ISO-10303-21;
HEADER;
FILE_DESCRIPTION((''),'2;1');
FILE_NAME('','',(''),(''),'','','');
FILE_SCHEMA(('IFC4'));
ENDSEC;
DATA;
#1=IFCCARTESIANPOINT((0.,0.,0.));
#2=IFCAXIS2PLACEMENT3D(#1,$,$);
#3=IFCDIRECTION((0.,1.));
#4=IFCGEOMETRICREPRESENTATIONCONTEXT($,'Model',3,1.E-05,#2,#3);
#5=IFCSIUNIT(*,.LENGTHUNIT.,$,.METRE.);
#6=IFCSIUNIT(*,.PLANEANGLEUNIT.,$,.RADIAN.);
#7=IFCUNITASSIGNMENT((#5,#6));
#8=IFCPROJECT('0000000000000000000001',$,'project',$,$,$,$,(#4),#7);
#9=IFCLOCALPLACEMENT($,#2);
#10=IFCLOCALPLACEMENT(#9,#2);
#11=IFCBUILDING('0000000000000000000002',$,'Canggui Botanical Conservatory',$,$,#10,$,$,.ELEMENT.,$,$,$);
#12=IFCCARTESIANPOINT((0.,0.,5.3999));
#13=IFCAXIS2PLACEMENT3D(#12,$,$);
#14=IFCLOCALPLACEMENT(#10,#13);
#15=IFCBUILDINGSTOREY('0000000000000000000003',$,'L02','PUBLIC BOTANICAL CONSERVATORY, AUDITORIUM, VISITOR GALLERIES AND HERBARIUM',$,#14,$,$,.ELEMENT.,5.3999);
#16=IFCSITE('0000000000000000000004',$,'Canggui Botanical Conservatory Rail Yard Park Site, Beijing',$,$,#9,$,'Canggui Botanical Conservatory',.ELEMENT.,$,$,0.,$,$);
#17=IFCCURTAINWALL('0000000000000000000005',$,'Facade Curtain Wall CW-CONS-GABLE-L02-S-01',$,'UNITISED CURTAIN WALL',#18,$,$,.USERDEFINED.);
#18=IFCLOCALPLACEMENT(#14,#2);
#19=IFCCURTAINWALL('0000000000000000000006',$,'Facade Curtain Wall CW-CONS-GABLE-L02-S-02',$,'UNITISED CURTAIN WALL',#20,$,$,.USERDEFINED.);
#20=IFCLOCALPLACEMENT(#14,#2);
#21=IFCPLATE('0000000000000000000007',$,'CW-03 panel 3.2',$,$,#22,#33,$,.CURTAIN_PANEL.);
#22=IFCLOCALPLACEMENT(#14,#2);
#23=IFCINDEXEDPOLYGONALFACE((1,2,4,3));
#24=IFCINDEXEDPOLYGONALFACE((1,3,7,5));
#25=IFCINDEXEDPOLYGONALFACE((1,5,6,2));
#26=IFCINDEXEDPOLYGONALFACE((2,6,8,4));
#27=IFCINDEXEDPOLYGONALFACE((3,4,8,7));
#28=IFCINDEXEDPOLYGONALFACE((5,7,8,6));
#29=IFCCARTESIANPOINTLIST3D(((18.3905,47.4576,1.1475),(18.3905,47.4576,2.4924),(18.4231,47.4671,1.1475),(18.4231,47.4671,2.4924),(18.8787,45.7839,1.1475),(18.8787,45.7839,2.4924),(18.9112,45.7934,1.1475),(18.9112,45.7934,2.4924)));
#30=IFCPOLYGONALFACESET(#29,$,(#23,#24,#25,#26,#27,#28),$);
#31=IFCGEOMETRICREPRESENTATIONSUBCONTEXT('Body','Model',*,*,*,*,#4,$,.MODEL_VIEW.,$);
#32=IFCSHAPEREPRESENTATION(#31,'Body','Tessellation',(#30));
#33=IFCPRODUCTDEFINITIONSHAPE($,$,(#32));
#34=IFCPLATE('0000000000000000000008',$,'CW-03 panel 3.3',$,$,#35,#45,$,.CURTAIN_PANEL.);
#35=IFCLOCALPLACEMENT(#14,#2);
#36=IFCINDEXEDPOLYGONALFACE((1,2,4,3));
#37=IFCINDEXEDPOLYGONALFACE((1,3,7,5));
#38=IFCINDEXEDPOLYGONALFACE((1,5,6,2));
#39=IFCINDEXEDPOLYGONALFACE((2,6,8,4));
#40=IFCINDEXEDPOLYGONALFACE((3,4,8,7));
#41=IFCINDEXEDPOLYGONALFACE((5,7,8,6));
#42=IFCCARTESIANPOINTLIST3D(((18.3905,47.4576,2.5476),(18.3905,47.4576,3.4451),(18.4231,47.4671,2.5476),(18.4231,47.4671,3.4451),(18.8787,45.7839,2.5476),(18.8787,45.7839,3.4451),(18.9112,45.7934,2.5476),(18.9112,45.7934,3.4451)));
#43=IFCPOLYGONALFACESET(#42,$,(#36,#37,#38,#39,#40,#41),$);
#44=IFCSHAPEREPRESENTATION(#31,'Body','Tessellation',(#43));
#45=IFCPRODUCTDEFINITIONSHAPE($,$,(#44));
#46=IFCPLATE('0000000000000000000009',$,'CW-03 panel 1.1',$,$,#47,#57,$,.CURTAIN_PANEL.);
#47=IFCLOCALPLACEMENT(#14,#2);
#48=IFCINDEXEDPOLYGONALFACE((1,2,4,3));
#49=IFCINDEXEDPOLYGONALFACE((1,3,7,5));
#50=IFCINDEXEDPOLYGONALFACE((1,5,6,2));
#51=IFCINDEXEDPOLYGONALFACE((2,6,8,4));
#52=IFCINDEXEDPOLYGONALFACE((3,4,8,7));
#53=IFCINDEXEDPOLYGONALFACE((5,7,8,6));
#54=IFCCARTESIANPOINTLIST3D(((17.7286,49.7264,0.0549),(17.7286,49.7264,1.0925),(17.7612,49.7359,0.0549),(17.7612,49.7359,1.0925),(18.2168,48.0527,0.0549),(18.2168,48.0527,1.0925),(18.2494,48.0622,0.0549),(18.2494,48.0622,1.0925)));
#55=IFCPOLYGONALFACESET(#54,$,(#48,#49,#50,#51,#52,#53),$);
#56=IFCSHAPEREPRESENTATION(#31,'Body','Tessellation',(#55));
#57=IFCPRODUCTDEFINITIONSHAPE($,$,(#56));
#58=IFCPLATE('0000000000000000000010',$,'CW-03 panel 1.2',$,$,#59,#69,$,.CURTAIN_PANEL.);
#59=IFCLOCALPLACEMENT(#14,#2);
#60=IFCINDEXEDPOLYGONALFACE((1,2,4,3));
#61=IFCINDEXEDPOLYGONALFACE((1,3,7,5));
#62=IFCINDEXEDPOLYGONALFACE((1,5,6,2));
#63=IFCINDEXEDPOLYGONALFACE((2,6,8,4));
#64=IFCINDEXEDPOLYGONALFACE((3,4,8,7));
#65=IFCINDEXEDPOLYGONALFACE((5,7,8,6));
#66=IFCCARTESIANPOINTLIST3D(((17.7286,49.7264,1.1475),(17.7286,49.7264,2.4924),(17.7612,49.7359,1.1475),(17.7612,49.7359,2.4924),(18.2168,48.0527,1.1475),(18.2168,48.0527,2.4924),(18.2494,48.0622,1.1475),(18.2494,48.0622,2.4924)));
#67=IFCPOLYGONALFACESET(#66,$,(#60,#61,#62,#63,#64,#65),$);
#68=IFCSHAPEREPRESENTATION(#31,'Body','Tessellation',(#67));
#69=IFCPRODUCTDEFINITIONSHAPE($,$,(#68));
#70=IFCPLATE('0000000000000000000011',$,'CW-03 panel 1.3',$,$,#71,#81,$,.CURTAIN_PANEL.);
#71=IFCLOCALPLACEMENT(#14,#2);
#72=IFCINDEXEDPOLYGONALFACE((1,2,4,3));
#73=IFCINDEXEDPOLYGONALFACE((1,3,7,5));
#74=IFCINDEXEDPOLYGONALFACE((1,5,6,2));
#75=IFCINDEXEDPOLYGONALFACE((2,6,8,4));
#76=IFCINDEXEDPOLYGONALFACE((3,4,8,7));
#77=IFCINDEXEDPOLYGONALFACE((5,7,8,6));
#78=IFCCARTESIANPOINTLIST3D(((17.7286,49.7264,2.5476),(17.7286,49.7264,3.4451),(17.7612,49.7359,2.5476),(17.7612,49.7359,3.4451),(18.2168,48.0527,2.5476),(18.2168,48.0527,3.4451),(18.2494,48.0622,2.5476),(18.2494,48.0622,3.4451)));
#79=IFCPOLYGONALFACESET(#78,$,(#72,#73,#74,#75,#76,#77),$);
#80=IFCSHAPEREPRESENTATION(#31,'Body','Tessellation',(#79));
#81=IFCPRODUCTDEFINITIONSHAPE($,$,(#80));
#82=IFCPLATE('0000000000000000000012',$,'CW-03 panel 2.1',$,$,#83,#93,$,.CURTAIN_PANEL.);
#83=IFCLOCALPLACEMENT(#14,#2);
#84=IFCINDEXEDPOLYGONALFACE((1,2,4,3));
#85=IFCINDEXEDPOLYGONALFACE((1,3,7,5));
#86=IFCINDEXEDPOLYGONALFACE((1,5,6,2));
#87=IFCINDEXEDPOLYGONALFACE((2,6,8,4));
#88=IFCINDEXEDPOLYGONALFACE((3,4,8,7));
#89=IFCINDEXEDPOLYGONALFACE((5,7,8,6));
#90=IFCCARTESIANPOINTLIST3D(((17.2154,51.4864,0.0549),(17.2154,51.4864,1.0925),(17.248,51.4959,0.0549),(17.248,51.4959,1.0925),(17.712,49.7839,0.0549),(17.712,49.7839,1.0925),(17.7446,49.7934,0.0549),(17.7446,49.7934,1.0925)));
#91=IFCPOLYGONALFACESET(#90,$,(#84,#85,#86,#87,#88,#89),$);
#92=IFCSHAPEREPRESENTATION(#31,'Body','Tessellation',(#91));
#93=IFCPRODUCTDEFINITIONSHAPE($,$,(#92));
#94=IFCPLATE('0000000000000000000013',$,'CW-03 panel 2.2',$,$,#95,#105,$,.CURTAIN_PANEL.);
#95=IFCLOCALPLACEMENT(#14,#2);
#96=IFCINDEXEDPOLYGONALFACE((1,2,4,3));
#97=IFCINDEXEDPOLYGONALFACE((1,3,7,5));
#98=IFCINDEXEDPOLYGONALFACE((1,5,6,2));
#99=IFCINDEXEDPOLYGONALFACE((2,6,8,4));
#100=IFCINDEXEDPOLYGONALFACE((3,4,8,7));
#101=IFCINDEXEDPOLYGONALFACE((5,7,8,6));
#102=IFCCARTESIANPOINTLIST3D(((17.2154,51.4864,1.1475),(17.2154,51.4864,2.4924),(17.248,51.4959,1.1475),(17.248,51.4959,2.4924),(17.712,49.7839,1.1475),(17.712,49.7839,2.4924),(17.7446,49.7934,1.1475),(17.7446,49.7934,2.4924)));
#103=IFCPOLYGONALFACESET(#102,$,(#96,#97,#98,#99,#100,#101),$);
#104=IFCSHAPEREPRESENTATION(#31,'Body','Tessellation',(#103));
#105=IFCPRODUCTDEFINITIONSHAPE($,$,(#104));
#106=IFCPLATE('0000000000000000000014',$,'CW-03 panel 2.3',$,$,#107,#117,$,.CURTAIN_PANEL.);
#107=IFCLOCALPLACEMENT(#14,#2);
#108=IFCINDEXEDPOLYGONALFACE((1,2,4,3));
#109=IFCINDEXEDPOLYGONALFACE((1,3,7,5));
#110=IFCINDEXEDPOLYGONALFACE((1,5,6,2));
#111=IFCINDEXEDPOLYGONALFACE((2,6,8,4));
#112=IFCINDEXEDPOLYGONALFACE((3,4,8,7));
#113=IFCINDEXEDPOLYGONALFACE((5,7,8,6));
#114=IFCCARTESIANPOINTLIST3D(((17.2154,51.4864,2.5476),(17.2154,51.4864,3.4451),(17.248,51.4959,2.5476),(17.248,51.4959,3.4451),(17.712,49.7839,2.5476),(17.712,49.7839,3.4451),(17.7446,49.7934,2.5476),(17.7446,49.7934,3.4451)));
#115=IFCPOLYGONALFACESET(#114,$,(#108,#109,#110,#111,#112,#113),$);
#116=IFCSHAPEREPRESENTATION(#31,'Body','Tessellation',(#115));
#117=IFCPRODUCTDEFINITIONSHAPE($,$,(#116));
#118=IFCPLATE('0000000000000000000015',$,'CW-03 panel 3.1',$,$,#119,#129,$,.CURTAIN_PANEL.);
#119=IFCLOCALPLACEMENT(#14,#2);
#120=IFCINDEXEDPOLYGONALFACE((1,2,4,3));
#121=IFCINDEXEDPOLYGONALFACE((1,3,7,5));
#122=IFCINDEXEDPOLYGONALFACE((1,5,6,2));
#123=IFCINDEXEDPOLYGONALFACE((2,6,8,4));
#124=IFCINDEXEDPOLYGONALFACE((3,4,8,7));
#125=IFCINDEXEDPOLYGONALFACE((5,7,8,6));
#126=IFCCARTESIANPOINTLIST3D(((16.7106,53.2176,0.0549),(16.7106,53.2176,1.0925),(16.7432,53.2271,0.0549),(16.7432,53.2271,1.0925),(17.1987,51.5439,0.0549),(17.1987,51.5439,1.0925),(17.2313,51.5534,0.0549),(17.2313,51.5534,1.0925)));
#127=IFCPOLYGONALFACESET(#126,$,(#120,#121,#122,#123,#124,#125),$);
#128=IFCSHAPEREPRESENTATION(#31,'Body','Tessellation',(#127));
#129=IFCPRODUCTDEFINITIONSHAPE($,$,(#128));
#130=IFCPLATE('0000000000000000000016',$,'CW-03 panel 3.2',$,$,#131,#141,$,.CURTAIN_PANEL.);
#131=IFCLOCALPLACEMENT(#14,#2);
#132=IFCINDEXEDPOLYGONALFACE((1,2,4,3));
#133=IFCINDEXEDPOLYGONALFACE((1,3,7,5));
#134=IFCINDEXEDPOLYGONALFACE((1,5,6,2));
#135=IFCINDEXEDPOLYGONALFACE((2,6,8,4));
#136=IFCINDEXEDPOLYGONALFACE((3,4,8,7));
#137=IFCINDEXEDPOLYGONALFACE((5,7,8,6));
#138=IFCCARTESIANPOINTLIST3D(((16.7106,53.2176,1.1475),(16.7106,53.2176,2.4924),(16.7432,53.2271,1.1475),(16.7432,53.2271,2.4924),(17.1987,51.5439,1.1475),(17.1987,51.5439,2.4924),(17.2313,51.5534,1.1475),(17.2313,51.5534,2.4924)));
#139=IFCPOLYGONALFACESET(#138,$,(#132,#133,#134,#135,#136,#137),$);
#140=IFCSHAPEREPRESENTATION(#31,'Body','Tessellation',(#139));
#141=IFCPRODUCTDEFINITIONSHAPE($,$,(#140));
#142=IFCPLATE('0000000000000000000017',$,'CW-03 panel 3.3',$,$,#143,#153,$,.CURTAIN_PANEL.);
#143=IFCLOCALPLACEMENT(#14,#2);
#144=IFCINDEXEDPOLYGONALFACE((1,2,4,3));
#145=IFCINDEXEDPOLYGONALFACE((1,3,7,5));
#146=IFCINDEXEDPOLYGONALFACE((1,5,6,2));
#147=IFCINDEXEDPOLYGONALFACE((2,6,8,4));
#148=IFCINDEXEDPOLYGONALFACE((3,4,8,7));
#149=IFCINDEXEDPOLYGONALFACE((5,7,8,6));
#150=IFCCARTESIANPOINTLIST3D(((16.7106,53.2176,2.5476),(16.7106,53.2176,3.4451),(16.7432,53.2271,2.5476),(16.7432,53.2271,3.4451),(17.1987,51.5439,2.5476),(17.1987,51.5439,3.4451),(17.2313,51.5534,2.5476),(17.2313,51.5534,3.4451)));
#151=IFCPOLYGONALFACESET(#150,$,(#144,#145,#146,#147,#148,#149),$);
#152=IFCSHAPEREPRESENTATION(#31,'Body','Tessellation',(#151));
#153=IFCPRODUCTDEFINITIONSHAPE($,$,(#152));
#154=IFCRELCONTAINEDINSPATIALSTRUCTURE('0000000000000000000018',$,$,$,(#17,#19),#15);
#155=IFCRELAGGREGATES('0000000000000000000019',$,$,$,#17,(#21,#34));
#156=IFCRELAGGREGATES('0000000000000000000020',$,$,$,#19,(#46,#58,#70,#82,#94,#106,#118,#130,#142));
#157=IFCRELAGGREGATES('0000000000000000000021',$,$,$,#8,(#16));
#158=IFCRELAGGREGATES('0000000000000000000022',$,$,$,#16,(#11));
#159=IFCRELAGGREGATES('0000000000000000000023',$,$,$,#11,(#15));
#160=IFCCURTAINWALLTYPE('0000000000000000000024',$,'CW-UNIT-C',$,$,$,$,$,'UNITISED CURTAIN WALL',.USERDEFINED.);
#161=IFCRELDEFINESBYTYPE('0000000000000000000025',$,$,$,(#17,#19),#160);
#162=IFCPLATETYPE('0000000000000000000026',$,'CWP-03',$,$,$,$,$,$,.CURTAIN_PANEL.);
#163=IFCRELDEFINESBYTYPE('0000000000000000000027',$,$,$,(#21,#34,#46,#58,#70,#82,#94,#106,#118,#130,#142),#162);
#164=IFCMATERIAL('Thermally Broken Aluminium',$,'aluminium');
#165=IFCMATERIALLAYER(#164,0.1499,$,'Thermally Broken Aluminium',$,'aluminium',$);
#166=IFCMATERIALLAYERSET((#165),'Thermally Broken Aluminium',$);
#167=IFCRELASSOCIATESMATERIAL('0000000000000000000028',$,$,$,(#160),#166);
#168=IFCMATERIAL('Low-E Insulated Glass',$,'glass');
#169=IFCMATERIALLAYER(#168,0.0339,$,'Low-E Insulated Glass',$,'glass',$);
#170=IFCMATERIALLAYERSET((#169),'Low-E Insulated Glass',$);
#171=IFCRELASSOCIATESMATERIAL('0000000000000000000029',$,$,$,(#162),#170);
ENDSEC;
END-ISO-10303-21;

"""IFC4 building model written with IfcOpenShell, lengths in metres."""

from ifc_helpers import new_model, si_unit, direction, frame, origin, origin_2d, place, context, subcontext, project, spatial, rectangle, extrude, material, layer, layer_set, type_object, element, aggregate, save


model = new_model("IFC4")

# Units and contexts
model_context = context("Model", 3, precision=1e-05, world=origin(), true_north=direction((0.0, 1.0)))
body_context = subcontext(model_context, "Body", "Model", "MODEL_VIEW")
ifc_project = project(units=[si_unit("LENGTHUNIT", "METRE"), si_unit("PLANEANGLEUNIT", "RADIAN")], contexts=[model_context])

# Site, building, storey
site_placement = place(None, origin())
site = spatial("IfcSite", under=ifc_project, at=site_placement, Name="Canggui Botanical Conservatory Rail Yard Park Site, Beijing", LongName="Canggui Botanical Conservatory", CompositionType="ELEMENT", RefElevation=0.0)
building_placement = place(site_placement, origin())
building = spatial("IfcBuilding", under=site, at=building_placement, Name="Canggui Botanical Conservatory", CompositionType="ELEMENT")
storey_placement = place(building_placement, frame((0.0, 0.0, 5.3999)))
storey = spatial("IfcBuildingStorey", under=building, at=storey_placement, Name="L02", Description="PUBLIC BOTANICAL CONSERVATORY, AUDITORIUM, VISITOR GALLERIES AND HERBARIUM", CompositionType="ELEMENT", Elevation=5.3999)

# Curtain walls
ifc_material_1 = material(Name="Thermally Broken Aluminium", Category="aluminium")
ifc_layer_1 = layer(ifc_material_1, 0.1499, Name="Thermally Broken Aluminium", Category="aluminium")
ifc_layer_set_1 = layer_set([ifc_layer_1], Name="Thermally Broken Aluminium")
curtain_wall_type = type_object("IfcCurtainWallType", Name="CW-UNIT-C", ElementType="UNITISED CURTAIN WALL", PredefinedType="USERDEFINED", material=ifc_layer_set_1)
curtain_wall_1_placement = place(storey_placement, origin())
curtain_wall_1 = element("IfcCurtainWall", 1, at=curtain_wall_1_placement, inside=storey, type_object=curtain_wall_type, Name="Facade Curtain Wall CW-CONS-GABLE-L02-S-01", ObjectType="UNITISED CURTAIN WALL", PredefinedType="USERDEFINED")
curtain_wall_2_placement = place(storey_placement, origin())
curtain_wall_2 = element("IfcCurtainWall", 2, at=curtain_wall_2_placement, inside=storey, type_object=curtain_wall_type, Name="Facade Curtain Wall CW-CONS-GABLE-L02-S-02", ObjectType="UNITISED CURTAIN WALL", PredefinedType="USERDEFINED")

# Plates
ifc_material_2 = material(Name="Low-E Insulated Glass", Category="glass")
ifc_layer_2 = layer(ifc_material_2, 0.0339, Name="Low-E Insulated Glass", Category="glass")
ifc_layer_set_2 = layer_set([ifc_layer_2], Name="Low-E Insulated Glass")
plate_type = type_object("IfcPlateType", Name="CWP-03", PredefinedType="CURTAIN_PANEL", material=ifc_layer_set_2)
plate_1_placement = place(storey_placement, frame((18.6509, 46.6255, 1.1475), z_axis=(0.0, 0.0, 1.0), x_axis=(-0.28, 0.96, 0.0)))
plate_1 = element("IfcPlate", 3, at=plate_1_placement, type_object=plate_type, Name="CW-03 panel 3.2", PredefinedType="CURTAIN_PANEL", context=body_context, shape_type="SweptSolid", body=[
    extrude(rectangle(XDim=1.7434, YDim=0.0339, at=origin_2d()), origin(), (0.0, 0.0, 1.0), 1.345),
])
plate_2_placement = place(storey_placement, frame((18.6509, 46.6255, 2.5476), z_axis=(0.0, 0.0, 1.0), x_axis=(-0.28, 0.96, 0.0)))
plate_2 = element("IfcPlate", 4, at=plate_2_placement, type_object=plate_type, Name="CW-03 panel 3.3", PredefinedType="CURTAIN_PANEL", context=body_context, shape_type="SweptSolid", body=[
    extrude(rectangle(XDim=1.7434, YDim=0.0339, at=origin_2d()), origin(), (0.0, 0.0, 1.0), 0.8975),
])
aggregate(curtain_wall_1, [plate_1, plate_2])
plate_3_placement = place(storey_placement, frame((17.989, 48.8943, 0.0549), z_axis=(0.0, 0.0, 1.0), x_axis=(-0.28, 0.96, 0.0)))
plate_3 = element("IfcPlate", 5, at=plate_3_placement, type_object=plate_type, Name="CW-03 panel 1.1", PredefinedType="CURTAIN_PANEL", context=body_context, shape_type="SweptSolid", body=[
    extrude(rectangle(XDim=1.7434, YDim=0.0339, at=origin_2d()), origin(), (0.0, 0.0, 1.0), 1.0376),
])
plate_4_placement = place(storey_placement, frame((17.989, 48.8943, 1.1475), z_axis=(0.0, 0.0, 1.0), x_axis=(-0.28, 0.96, 0.0)))
plate_4 = element("IfcPlate", 6, at=plate_4_placement, type_object=plate_type, Name="CW-03 panel 1.2", PredefinedType="CURTAIN_PANEL", context=body_context, shape_type="SweptSolid", body=[
    extrude(rectangle(XDim=1.7434, YDim=0.0339, at=origin_2d()), origin(), (0.0, 0.0, 1.0), 1.345),
])
plate_5_placement = place(storey_placement, frame((17.989, 48.8943, 2.5476), z_axis=(0.0, 0.0, 1.0), x_axis=(-0.28, 0.96, 0.0)))
plate_5 = element("IfcPlate", 7, at=plate_5_placement, type_object=plate_type, Name="CW-03 panel 1.3", PredefinedType="CURTAIN_PANEL", context=body_context, shape_type="SweptSolid", body=[
    extrude(rectangle(XDim=1.7434, YDim=0.0339, at=origin_2d()), origin(), (0.0, 0.0, 1.0), 0.8975),
])
plate_6_placement = place(storey_placement, frame((17.48, 50.6399, 0.0549), z_axis=(0.0, 0.0, 1.0), x_axis=(-0.28, 0.96, 0.0)))
plate_6 = element("IfcPlate", 8, at=plate_6_placement, type_object=plate_type, Name="CW-03 panel 2.1", PredefinedType="CURTAIN_PANEL", context=body_context, shape_type="SweptSolid", body=[
    extrude(rectangle(XDim=1.7734, YDim=0.0339, at=origin_2d()), origin(), (0.0, 0.0, 1.0), 1.0376),
])
plate_7_placement = place(storey_placement, frame((17.48, 50.6399, 1.1475), z_axis=(0.0, 0.0, 1.0), x_axis=(-0.28, 0.96, 0.0)))
plate_7 = element("IfcPlate", 9, at=plate_7_placement, type_object=plate_type, Name="CW-03 panel 2.2", PredefinedType="CURTAIN_PANEL", context=body_context, shape_type="SweptSolid", body=[
    extrude(rectangle(XDim=1.7734, YDim=0.0339, at=origin_2d()), origin(), (0.0, 0.0, 1.0), 1.345),
])
plate_8_placement = place(storey_placement, frame((17.48, 50.6399, 2.5476), z_axis=(0.0, 0.0, 1.0), x_axis=(-0.28, 0.96, 0.0)))
plate_8 = element("IfcPlate", 10, at=plate_8_placement, type_object=plate_type, Name="CW-03 panel 2.3", PredefinedType="CURTAIN_PANEL", context=body_context, shape_type="SweptSolid", body=[
    extrude(rectangle(XDim=1.7734, YDim=0.0339, at=origin_2d()), origin(), (0.0, 0.0, 1.0), 0.8975),
])
plate_9_placement = place(storey_placement, frame((16.9709, 52.3855, 0.0549), z_axis=(0.0, 0.0, 1.0), x_axis=(-0.28, 0.96, 0.0)))
plate_9 = element("IfcPlate", 11, at=plate_9_placement, type_object=plate_type, Name="CW-03 panel 3.1", PredefinedType="CURTAIN_PANEL", context=body_context, shape_type="SweptSolid", body=[
    extrude(rectangle(XDim=1.7434, YDim=0.0339, at=origin_2d()), origin(), (0.0, 0.0, 1.0), 1.0376),
])
plate_10_placement = place(storey_placement, frame((16.9709, 52.3855, 1.1475), z_axis=(0.0, 0.0, 1.0), x_axis=(-0.28, 0.96, 0.0)))
plate_10 = element("IfcPlate", 12, at=plate_10_placement, type_object=plate_type, Name="CW-03 panel 3.2", PredefinedType="CURTAIN_PANEL", context=body_context, shape_type="SweptSolid", body=[
    extrude(rectangle(XDim=1.7434, YDim=0.0339, at=origin_2d()), origin(), (0.0, 0.0, 1.0), 1.345),
])
plate_11_placement = place(storey_placement, frame((16.9709, 52.3855, 2.5476), z_axis=(0.0, 0.0, 1.0), x_axis=(-0.28, 0.96, 0.0)))
plate_11 = element("IfcPlate", 13, at=plate_11_placement, type_object=plate_type, Name="CW-03 panel 3.3", PredefinedType="CURTAIN_PANEL", context=body_context, shape_type="SweptSolid", body=[
    extrude(rectangle(XDim=1.7434, YDim=0.0339, at=origin_2d()), origin(), (0.0, 0.0, 1.0), 0.8975),
])
aggregate(curtain_wall_2, [plate_3, plate_4, plate_5, plate_6, plate_7, plate_8, plate_9, plate_10, plate_11])

save(model, "model.ifc")
